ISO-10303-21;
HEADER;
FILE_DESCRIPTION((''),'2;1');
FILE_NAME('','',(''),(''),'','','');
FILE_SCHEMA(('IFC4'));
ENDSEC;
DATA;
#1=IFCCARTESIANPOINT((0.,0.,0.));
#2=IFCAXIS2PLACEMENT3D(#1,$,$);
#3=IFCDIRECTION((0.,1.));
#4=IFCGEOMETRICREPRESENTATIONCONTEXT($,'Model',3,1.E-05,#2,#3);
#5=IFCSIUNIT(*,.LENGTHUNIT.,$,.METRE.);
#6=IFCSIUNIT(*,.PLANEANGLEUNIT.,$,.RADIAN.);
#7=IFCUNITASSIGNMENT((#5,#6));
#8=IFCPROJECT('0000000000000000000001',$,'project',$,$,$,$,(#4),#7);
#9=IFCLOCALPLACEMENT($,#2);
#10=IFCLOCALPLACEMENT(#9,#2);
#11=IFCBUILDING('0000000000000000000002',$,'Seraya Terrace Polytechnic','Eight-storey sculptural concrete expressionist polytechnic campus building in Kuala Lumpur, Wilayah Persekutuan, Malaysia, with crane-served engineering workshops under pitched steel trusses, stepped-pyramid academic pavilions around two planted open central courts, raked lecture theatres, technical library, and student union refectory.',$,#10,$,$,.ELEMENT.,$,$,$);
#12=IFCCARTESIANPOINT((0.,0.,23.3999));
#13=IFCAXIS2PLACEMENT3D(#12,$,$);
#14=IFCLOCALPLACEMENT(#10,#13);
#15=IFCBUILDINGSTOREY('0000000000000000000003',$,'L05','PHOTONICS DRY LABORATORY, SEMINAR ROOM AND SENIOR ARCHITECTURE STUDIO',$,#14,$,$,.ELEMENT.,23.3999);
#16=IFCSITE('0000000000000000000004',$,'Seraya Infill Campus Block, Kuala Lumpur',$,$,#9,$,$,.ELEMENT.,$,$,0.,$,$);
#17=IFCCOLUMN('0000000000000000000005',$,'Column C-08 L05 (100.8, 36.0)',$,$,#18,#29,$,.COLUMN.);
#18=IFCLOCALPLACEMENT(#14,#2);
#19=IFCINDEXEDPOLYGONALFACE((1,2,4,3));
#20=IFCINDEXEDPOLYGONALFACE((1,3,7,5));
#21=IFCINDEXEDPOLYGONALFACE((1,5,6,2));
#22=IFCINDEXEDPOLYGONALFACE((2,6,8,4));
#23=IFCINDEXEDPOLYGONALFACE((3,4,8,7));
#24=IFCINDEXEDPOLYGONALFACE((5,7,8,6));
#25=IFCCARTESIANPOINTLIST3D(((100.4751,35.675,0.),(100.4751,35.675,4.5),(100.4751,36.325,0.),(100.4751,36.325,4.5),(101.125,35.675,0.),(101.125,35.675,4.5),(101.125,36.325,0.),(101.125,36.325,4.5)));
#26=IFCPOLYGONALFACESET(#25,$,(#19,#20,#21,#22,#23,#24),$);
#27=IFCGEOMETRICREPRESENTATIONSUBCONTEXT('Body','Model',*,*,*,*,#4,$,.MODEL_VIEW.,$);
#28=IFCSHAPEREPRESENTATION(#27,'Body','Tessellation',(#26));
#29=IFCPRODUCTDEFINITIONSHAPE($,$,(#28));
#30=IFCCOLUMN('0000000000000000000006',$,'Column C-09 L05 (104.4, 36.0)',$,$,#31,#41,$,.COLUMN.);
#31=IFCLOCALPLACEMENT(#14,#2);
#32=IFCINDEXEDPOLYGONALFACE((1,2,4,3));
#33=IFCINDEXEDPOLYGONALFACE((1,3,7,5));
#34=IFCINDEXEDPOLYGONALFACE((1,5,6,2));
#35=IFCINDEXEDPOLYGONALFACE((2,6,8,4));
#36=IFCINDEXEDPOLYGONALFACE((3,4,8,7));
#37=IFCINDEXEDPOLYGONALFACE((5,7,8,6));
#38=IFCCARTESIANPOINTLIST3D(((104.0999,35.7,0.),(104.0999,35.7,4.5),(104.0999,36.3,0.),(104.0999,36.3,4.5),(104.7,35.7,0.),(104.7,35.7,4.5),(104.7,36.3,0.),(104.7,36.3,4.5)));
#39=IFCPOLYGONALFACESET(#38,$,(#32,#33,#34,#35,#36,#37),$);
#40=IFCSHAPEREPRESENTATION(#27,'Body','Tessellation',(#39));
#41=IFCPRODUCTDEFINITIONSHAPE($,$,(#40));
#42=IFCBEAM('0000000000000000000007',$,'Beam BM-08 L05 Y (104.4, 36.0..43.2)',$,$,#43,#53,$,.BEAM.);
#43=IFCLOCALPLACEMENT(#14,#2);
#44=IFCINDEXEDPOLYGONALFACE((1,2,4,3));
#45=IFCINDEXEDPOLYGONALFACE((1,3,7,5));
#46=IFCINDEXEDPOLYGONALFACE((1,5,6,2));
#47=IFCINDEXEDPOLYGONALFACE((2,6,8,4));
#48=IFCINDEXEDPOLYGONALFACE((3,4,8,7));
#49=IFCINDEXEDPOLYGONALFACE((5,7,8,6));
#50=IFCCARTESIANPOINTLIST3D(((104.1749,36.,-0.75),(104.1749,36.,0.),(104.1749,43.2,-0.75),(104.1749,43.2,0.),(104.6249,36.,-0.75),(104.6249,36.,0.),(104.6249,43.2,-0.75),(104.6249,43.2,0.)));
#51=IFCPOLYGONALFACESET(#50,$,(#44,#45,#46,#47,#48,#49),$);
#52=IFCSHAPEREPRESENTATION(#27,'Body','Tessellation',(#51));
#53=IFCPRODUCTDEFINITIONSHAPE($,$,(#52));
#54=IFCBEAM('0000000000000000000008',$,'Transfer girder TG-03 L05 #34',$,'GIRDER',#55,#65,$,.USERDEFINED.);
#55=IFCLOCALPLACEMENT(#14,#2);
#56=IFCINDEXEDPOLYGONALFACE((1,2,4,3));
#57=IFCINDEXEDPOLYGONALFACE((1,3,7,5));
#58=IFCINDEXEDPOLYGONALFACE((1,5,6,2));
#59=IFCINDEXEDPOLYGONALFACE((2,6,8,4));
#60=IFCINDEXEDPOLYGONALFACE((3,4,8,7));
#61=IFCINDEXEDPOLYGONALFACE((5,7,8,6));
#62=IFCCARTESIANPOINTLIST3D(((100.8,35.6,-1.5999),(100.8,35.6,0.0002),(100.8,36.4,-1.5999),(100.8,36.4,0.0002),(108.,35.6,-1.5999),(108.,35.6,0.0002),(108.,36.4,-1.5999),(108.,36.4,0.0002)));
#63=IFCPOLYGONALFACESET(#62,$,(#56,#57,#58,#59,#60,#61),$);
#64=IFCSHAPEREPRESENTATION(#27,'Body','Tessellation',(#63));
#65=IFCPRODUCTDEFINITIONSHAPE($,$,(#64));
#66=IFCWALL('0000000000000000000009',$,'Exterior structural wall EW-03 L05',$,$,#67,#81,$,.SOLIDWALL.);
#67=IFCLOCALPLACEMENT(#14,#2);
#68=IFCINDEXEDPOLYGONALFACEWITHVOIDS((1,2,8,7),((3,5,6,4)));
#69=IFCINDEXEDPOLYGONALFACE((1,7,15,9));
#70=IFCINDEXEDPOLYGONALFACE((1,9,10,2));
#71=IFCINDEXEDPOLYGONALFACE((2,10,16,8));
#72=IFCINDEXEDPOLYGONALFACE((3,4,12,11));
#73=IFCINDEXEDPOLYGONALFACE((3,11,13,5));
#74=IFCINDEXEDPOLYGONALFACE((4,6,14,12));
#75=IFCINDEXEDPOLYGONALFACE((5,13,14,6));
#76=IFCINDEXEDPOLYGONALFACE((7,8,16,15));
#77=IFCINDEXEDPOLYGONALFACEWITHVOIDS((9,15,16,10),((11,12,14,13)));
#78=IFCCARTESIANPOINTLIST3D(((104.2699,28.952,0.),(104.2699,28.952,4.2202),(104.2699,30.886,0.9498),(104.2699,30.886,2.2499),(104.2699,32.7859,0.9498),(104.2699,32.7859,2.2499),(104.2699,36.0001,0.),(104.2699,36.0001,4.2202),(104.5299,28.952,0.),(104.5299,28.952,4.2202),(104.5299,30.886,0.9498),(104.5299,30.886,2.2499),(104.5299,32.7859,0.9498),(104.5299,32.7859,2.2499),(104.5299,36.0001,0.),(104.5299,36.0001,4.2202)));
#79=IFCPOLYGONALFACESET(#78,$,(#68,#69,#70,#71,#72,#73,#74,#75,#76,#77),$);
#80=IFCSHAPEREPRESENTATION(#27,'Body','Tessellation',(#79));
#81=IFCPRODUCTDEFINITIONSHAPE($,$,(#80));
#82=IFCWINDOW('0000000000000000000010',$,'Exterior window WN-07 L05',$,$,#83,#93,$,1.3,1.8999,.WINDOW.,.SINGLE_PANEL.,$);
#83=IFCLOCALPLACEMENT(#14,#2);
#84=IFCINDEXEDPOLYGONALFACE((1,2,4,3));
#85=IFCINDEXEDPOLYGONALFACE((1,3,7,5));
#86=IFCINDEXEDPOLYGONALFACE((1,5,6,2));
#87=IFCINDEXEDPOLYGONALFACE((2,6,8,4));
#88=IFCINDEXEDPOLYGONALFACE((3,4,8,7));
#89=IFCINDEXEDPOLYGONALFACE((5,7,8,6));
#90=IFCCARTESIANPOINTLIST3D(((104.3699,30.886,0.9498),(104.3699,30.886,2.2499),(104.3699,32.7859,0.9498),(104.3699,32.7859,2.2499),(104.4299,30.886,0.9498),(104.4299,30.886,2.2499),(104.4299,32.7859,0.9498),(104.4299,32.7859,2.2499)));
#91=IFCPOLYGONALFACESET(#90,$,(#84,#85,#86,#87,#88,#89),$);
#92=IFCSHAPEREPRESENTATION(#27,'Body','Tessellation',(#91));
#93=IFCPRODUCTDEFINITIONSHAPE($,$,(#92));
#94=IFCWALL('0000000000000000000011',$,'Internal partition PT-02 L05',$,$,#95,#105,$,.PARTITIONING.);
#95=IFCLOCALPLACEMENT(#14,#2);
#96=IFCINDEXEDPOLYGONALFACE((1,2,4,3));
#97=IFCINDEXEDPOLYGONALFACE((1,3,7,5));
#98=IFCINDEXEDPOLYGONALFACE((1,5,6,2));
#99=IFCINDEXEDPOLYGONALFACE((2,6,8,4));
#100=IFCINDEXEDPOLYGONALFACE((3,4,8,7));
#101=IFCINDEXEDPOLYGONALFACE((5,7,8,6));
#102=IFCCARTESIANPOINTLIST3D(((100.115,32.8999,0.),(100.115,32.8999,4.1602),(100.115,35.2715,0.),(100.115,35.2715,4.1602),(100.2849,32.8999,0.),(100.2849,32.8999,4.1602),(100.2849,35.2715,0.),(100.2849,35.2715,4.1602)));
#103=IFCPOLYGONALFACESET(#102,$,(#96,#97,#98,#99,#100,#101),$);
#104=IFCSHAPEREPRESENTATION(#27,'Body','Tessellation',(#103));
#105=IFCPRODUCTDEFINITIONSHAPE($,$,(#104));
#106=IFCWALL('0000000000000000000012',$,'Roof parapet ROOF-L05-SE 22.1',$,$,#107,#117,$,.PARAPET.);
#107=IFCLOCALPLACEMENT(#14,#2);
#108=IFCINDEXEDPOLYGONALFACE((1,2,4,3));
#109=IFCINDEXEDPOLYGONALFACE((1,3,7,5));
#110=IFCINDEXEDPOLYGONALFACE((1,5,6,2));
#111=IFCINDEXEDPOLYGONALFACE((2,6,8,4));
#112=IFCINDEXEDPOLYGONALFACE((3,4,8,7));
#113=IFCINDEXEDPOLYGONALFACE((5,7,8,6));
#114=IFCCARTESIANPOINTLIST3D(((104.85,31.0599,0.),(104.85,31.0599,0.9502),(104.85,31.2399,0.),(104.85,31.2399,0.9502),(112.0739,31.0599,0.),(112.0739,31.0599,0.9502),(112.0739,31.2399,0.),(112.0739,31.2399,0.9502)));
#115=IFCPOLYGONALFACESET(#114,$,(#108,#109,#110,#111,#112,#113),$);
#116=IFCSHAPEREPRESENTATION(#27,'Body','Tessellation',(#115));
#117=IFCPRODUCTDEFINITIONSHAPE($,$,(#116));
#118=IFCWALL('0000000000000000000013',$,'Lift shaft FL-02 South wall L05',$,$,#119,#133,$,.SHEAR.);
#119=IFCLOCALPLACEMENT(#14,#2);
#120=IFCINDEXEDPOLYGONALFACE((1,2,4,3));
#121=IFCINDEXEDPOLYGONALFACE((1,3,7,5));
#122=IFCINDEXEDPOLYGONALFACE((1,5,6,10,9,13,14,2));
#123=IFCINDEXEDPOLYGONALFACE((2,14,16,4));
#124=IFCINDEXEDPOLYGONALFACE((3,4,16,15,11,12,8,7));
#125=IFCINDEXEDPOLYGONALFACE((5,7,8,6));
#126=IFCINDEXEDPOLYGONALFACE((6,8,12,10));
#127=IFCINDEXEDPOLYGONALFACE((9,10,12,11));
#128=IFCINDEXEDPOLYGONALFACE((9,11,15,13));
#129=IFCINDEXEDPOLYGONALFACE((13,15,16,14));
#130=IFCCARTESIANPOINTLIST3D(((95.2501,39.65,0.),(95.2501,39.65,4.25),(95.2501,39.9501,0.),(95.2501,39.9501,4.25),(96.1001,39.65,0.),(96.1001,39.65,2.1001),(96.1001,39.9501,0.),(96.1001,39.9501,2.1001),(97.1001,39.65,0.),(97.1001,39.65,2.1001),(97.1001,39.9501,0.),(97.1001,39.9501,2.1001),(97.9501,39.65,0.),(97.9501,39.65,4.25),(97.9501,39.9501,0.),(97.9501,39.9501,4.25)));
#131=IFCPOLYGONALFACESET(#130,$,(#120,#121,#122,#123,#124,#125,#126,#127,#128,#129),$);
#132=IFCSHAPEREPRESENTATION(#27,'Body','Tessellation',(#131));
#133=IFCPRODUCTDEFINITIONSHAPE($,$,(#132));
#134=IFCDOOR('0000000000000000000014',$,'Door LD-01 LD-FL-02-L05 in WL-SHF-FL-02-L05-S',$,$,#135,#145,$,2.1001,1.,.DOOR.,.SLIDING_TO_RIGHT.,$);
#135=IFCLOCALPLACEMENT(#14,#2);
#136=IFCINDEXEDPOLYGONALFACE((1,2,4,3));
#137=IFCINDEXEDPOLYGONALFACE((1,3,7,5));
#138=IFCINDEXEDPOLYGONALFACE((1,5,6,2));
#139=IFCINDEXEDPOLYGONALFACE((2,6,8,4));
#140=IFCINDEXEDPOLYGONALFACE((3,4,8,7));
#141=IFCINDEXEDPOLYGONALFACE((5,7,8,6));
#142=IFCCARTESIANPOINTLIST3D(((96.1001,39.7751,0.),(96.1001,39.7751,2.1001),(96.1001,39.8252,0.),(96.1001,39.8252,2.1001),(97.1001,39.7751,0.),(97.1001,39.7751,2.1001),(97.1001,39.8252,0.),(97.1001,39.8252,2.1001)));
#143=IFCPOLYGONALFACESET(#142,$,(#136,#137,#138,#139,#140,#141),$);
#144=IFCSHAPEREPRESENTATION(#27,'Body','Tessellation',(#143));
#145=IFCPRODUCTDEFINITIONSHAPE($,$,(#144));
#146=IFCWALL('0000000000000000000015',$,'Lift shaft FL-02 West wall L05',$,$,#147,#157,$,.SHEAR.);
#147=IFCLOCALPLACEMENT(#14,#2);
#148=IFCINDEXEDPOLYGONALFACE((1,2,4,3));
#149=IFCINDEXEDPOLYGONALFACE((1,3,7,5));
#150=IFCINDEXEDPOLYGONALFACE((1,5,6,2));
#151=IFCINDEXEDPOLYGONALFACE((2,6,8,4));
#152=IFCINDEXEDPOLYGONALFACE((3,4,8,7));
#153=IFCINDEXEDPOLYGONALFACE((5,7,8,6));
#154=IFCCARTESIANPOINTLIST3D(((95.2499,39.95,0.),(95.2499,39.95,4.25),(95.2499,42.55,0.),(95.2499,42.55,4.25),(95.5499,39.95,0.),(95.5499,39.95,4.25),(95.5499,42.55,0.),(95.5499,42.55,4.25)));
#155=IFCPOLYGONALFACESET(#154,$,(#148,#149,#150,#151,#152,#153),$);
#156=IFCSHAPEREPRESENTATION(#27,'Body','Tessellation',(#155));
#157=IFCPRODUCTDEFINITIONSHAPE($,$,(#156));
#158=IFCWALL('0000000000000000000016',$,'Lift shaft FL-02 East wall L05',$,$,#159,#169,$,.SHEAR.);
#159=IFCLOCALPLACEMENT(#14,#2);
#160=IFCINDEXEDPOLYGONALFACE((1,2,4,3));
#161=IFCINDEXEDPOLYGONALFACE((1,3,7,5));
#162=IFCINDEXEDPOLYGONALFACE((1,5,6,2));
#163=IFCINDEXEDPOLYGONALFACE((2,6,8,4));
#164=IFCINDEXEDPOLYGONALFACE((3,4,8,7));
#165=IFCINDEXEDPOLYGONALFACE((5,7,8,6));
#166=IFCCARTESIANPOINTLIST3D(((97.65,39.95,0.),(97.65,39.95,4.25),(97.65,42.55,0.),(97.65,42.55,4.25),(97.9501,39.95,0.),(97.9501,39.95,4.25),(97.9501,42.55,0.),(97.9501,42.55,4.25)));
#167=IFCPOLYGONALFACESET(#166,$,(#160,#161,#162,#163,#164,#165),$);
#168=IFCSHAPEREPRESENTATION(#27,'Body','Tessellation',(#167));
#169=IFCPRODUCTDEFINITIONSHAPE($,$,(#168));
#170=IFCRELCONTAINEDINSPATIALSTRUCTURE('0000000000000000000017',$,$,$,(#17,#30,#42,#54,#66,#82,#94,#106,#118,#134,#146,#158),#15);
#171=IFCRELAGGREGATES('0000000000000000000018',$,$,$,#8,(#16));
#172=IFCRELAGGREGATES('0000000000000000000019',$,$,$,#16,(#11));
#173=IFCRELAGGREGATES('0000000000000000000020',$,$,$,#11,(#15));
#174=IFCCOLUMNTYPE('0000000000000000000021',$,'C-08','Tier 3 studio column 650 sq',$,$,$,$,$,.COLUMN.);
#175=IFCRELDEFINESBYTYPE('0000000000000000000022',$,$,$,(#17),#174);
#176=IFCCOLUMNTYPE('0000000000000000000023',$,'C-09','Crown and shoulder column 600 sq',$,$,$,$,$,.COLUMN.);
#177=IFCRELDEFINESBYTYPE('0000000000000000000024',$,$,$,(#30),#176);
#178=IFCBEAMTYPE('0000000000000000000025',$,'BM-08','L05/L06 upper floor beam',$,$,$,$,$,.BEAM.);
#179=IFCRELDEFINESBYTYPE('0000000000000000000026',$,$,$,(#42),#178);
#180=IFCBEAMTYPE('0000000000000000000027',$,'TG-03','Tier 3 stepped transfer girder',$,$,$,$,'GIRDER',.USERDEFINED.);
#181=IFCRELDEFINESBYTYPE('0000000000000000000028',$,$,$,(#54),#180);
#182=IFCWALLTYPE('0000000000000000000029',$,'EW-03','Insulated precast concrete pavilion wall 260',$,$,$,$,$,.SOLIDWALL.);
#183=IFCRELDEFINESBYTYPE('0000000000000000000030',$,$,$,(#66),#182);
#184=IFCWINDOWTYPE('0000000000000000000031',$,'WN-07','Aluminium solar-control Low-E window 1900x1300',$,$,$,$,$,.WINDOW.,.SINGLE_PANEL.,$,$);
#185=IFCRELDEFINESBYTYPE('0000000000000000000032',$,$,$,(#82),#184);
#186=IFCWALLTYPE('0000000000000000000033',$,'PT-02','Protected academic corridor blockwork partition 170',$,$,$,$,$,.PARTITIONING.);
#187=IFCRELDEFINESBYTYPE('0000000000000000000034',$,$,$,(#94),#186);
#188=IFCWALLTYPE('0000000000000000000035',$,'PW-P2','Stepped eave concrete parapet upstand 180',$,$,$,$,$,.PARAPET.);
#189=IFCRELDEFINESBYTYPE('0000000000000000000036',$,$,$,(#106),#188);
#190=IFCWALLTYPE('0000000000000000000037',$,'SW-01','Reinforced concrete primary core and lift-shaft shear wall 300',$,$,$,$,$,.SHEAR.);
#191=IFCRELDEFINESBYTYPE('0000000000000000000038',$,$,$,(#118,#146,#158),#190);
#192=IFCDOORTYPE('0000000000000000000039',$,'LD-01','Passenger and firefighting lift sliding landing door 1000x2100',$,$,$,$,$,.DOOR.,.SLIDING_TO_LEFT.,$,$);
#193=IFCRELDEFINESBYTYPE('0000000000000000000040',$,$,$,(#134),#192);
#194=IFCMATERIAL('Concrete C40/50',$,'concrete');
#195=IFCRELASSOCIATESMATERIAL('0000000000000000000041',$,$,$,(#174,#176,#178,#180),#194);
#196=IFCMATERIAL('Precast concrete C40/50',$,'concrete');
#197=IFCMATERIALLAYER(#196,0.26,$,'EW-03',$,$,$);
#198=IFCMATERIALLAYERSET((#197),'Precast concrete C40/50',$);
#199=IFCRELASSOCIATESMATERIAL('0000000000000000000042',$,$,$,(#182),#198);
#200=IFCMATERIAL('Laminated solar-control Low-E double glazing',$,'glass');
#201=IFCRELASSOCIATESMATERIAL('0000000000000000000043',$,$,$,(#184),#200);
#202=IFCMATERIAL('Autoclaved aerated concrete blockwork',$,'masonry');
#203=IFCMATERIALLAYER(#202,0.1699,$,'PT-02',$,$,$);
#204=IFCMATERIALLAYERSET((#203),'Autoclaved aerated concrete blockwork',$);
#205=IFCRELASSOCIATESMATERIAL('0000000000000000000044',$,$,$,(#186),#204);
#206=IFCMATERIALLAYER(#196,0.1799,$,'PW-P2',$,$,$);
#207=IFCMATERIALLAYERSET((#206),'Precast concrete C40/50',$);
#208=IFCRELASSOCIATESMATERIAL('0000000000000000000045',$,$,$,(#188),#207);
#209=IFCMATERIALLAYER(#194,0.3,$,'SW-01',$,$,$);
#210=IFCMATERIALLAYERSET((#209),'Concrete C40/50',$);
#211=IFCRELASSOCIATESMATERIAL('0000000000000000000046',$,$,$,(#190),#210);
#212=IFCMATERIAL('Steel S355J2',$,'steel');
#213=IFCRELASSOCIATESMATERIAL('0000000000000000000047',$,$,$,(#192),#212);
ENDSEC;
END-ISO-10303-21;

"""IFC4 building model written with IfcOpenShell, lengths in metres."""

from ifc_helpers import new_model, si_unit, direction, frame, frame_2d, origin, origin_2d, place, context, subcontext, project, spatial, rectangle, extrude, material, layer, layer_set, material_profile, profile_set, type_object, element, fill, save


model = new_model("IFC4")

# Units and contexts
model_context = context("Model", 3, precision=1e-05, world=origin(), true_north=direction((0.0, 1.0)))
body_context = subcontext(model_context, "Body", "Model", "MODEL_VIEW")
ifc_project = project(units=[si_unit("LENGTHUNIT", "METRE"), si_unit("PLANEANGLEUNIT", "RADIAN")], contexts=[model_context])

# Site, building, storey
site_placement = place(None, origin())
site = spatial("IfcSite", under=ifc_project, at=site_placement, Name="Seraya Infill Campus Block, Kuala Lumpur", CompositionType="ELEMENT", RefElevation=0.0)
building_placement = place(site_placement, origin())
building = spatial("IfcBuilding", under=site, at=building_placement, Name="Seraya Terrace Polytechnic", Description="Eight-storey sculptural concrete expressionist polytechnic campus building in Kuala Lumpur, Wilayah Persekutuan, Malaysia, with crane-served engineering workshops under pitched steel trusses, stepped-pyramid academic pavilions around two planted open central courts, raked lecture theatres, technical library, and student union refectory.", CompositionType="ELEMENT")
storey_placement = place(building_placement, frame((0.0, 0.0, 23.3999)))
storey = spatial("IfcBuildingStorey", under=building, at=storey_placement, Name="L05", Description="PHOTONICS DRY LABORATORY, SEMINAR ROOM AND SENIOR ARCHITECTURE STUDIO", CompositionType="ELEMENT", Elevation=23.3999)

# Columns
ifc_material_1 = material(Name="Concrete C40/50", Category="concrete")
ifc_material_profile_1 = material_profile(ifc_material_1, rectangle(XDim=0.6499, YDim=0.6499, at=origin_2d()), Name="RC 650x650")
ifc_profile_set_1 = profile_set([ifc_material_profile_1], Name="Concrete C40/50")
column_type_1 = type_object("IfcColumnType", Name="C-08", Description="Tier 3 studio column 650 sq", PredefinedType="COLUMN", material=ifc_profile_set_1)
column_1_placement = place(storey_placement, frame((100.8, 36.0, 0.0), z_axis=(0.0, 0.0, 1.0), x_axis=(1.0, 0.0, 0.0)))
element("IfcColumn", 1, at=column_1_placement, inside=storey, type_object=column_type_1, Name="Column C-08 L05 (100.8, 36.0)", PredefinedType="COLUMN", context=body_context, shape_type="SweptSolid", body=[
    extrude(rectangle(XDim=0.6499, YDim=0.6499, at=origin_2d()), origin(), (0.0, 0.0, 1.0), 4.5),
])
ifc_material_profile_2 = material_profile(ifc_material_1, rectangle(XDim=0.6001, YDim=0.6001, at=origin_2d()), Name="RC 600x600")
ifc_profile_set_2 = profile_set([ifc_material_profile_2], Name="Concrete C40/50")
column_type_2 = type_object("IfcColumnType", Name="C-09", Description="Crown and shoulder column 600 sq", PredefinedType="COLUMN", material=ifc_profile_set_2)
column_2_placement = place(storey_placement, frame((104.3999, 36.0, 0.0), z_axis=(0.0, 0.0, 1.0), x_axis=(1.0, 0.0, 0.0)))
element("IfcColumn", 2, at=column_2_placement, inside=storey, type_object=column_type_2, Name="Column C-09 L05 (104.4, 36.0)", PredefinedType="COLUMN", context=body_context, shape_type="SweptSolid", body=[
    extrude(rectangle(XDim=0.6001, YDim=0.6001, at=origin_2d()), origin(), (0.0, 0.0, 1.0), 4.5),
])

# Beams
ifc_material_profile_3 = material_profile(ifc_material_1, rectangle(XDim=0.45, YDim=0.75, at=origin_2d()), Name="RC 450x750")
ifc_profile_set_3 = profile_set([ifc_material_profile_3], Name="Concrete C40/50")
beam_type_1 = type_object("IfcBeamType", Name="BM-08", Description="L05/L06 upper floor beam", PredefinedType="BEAM", material=ifc_profile_set_3)
beam_1_placement = place(storey_placement, frame((104.3999, 36.0, -0.375), z_axis=(0.0, 1.0, 0.0), x_axis=(-1.0, 0.0, 0.0)))
element("IfcBeam", 3, at=beam_1_placement, inside=storey, type_object=beam_type_1, Name="Beam BM-08 L05 Y (104.4, 36.0..43.2)", PredefinedType="BEAM", context=body_context, shape_type="SweptSolid", body=[
    extrude(rectangle(XDim=0.45, YDim=0.75, at=origin_2d()), origin(), (0.0, 0.0, 1.0), 7.2),
])
ifc_material_profile_4 = material_profile(ifc_material_1, rectangle(XDim=0.8, YDim=1.6001, at=origin_2d()), Name="RC 800x1600")
ifc_profile_set_4 = profile_set([ifc_material_profile_4], Name="Concrete C40/50")
beam_type_2 = type_object("IfcBeamType", Name="TG-03", Description="Tier 3 stepped transfer girder", ElementType="GIRDER", PredefinedType="USERDEFINED", material=ifc_profile_set_4)
beam_2_placement = place(storey_placement, frame((100.8, 36.0, -0.7998), z_axis=(1.0, 0.0, 0.0), x_axis=(0.0, 1.0, 0.0)))
element("IfcBeam", 4, at=beam_2_placement, inside=storey, type_object=beam_type_2, Name="Transfer girder TG-03 L05 #34", ObjectType="GIRDER", PredefinedType="USERDEFINED", context=body_context, shape_type="SweptSolid", body=[
    extrude(rectangle(XDim=0.8, YDim=1.6001, at=origin_2d()), origin(), (0.0, 0.0, 1.0), 7.2),
])

# Wall, opening, window
ifc_material_2 = material(Name="Precast concrete C40/50", Category="concrete")
ifc_layer_1 = layer(ifc_material_2, 0.26, Name="EW-03")
ifc_layer_set_1 = layer_set([ifc_layer_1], Name="Precast concrete C40/50")
wall_type_1 = type_object("IfcWallType", Name="EW-03", Description="Insulated precast concrete pavilion wall 260", PredefinedType="SOLIDWALL", material=ifc_layer_set_1)
wall_1_placement = place(storey_placement, frame((104.3999, 36.0, 0.0), z_axis=(0.0, 0.0, 1.0), x_axis=(0.0, -1.0, 0.0)))
wall_1 = element("IfcWall", 5, at=wall_1_placement, inside=storey, type_object=wall_type_1, Name="Exterior structural wall EW-03 L05", PredefinedType="SOLIDWALL", context=body_context, shape_type="SweptSolid", body=[
    extrude(rectangle(XDim=7.0481, YDim=0.26, at=frame_2d((3.5239, 0.0))), origin(), (0.0, 0.0, 1.0), 4.2202),
])
opening_1_placement = place(wall_1_placement, frame((3.2141, 0.0, 0.95)))
opening_1 = element("IfcOpeningElement", 6, at=opening_1_placement, cuts=wall_1, PredefinedType="OPENING", context=body_context, shape_type="SweptSolid", body=[
    extrude(rectangle(XDim=1.8999, YDim=1.3, at=frame_2d((0.95, 0.6499))), frame((0.0, 0.1421, 0.0), z_axis=(0.0, -1.0, 0.0), x_axis=(1.0, 0.0, 0.0)), (0.0, 0.0, 1.0), 0.2839),
])
ifc_material_3 = material(Name="Laminated solar-control Low-E double glazing", Category="glass")
window_type = type_object("IfcWindowType", Name="WN-07", Description="Aluminium solar-control Low-E window 1900x1300", PartitioningType="SINGLE_PANEL", PredefinedType="WINDOW", material=ifc_material_3)
window_placement = place(opening_1_placement, origin())
window = element("IfcWindow", 7, at=window_placement, inside=storey, type_object=window_type, Name="Exterior window WN-07 L05", OverallHeight=1.3, OverallWidth=1.8999, PartitioningType="SINGLE_PANEL", PredefinedType="WINDOW", context=body_context, shape_type="SweptSolid", body=[
    extrude(rectangle(XDim=1.8999, YDim=1.3, at=frame_2d((0.95, 0.6499))), frame((0.0, 0.03, 0.0), z_axis=(0.0, -1.0, 0.0), x_axis=(1.0, 0.0, 0.0)), (0.0, 0.0, 1.0), 0.0601),
])
fill(opening_1, window)

# Walls
ifc_material_4 = material(Name="Autoclaved aerated concrete blockwork", Category="masonry")
ifc_layer_2 = layer(ifc_material_4, 0.1699, Name="PT-02")
ifc_layer_set_2 = layer_set([ifc_layer_2], Name="Autoclaved aerated concrete blockwork")
wall_type_2 = type_object("IfcWallType", Name="PT-02", Description="Protected academic corridor blockwork partition 170", PredefinedType="PARTITIONING", material=ifc_layer_set_2)
wall_2_placement = place(storey_placement, frame((100.2, 32.8999, 0.0), z_axis=(0.0, 0.0, 1.0), x_axis=(0.0, 1.0, 0.0)))
element("IfcWall", 8, at=wall_2_placement, inside=storey, type_object=wall_type_2, Name="Internal partition PT-02 L05", PredefinedType="PARTITIONING", context=body_context, shape_type="SweptSolid", body=[
    extrude(rectangle(XDim=2.3716, YDim=0.1699, at=frame_2d((1.1858, 0.0))), origin(), (0.0, 0.0, 1.0), 4.1602),
])
ifc_layer_3 = layer(ifc_material_2, 0.1799, Name="PW-P2")
ifc_layer_set_3 = layer_set([ifc_layer_3], Name="Precast concrete C40/50")
wall_type_3 = type_object("IfcWallType", Name="PW-P2", Description="Stepped eave concrete parapet upstand 180", PredefinedType="PARAPET", material=ifc_layer_set_3)
wall_3_placement = place(storey_placement, frame((104.8501, 31.1499, 0.0), z_axis=(0.0, 0.0, 1.0), x_axis=(1.0, 0.0, 0.0)))
element("IfcWall", 9, at=wall_3_placement, inside=storey, type_object=wall_type_3, Name="Roof parapet ROOF-L05-SE 22.1", PredefinedType="PARAPET", context=body_context, shape_type="SweptSolid", body=[
    extrude(rectangle(XDim=7.2239, YDim=0.1799, at=frame_2d((3.6118, 0.0))), origin(), (0.0, 0.0, 1.0), 0.9502),
])

# Wall, opening, door
ifc_layer_4 = layer(ifc_material_1, 0.3, Name="SW-01")
ifc_layer_set_4 = layer_set([ifc_layer_4], Name="Concrete C40/50")
wall_type_4 = type_object("IfcWallType", Name="SW-01", Description="Reinforced concrete primary core and lift-shaft shear wall 300", PredefinedType="SHEAR", material=ifc_layer_set_4)
wall_4_placement = place(storey_placement, frame((95.25, 39.8, 0.0), z_axis=(0.0, 0.0, 1.0), x_axis=(1.0, 0.0, 0.0)))
wall_4 = element("IfcWall", 10, at=wall_4_placement, inside=storey, type_object=wall_type_4, Name="Lift shaft FL-02 South wall L05", PredefinedType="SHEAR", context=body_context, shape_type="SweptSolid", body=[
    extrude(rectangle(XDim=2.7, YDim=0.3, at=frame_2d((1.3501, 0.0))), origin(), (0.0, 0.0, 1.0), 4.25),
])
opening_2_placement = place(wall_4_placement, frame((0.8501, 0.0, 0.0)))
opening_2 = element("IfcOpeningElement", 11, at=opening_2_placement, cuts=wall_4, PredefinedType="OPENING", context=body_context, shape_type="SweptSolid", body=[
    extrude(rectangle(XDim=1.0, YDim=2.1001, at=frame_2d((0.5, 1.05))), frame((0.0, 0.1621, 0.0), z_axis=(0.0, -1.0, 0.0), x_axis=(1.0, 0.0, 0.0)), (0.0, 0.0, 1.0), 0.324),
])
ifc_material_5 = material(Name="Steel S355J2", Category="steel")
door_type_1 = type_object("IfcDoorType", Name="LD-01", Description="Passenger and firefighting lift sliding landing door 1000x2100", OperationType="SLIDING_TO_LEFT", PredefinedType="DOOR", material=ifc_material_5)
door_1_placement = place(opening_2_placement, frame((1.0, 0.0, 0.0), z_axis=(0.0, 0.0, 1.0), x_axis=(-1.0, 0.0, 0.0)))
door_1 = element("IfcDoor", 12, at=door_1_placement, inside=storey, type_object=door_type_1, Name="Door LD-01 LD-FL-02-L05 in WL-SHF-FL-02-L05-S", OperationType="SLIDING_TO_RIGHT", OverallHeight=2.1001, OverallWidth=1.0, PredefinedType="DOOR", context=body_context, shape_type="SweptSolid", body=[
    extrude(rectangle(XDim=1.0, YDim=2.1001, at=frame_2d((0.5, 1.05))), frame((0.0, 0.0249, 0.0), z_axis=(0.0, -1.0, 0.0), x_axis=(1.0, 0.0, 0.0)), (0.0, 0.0, 1.0), 0.05),
])
fill(opening_2, door_1)

# Walls
for number, where, z_axis, x_axis, name in (
    (13, (95.3999, 39.95, 0.0), (0.0, 0.0, 1.0), (0.0, 1.0, 0.0), "Lift shaft FL-02 West wall L05"),
    (14, (97.8, 39.95, 0.0), (0.0, 0.0, 1.0), (0.0, 1.0, 0.0), "Lift shaft FL-02 East wall L05"),
):
    element("IfcWall", number, at=place(storey_placement, frame(where, z_axis=z_axis, x_axis=x_axis)), inside=storey, type_object=wall_type_4, Name=name, PredefinedType="SHEAR", context=body_context, shape_type="SweptSolid", body=[
        extrude(rectangle(XDim=2.6001, YDim=0.3, at=frame_2d((1.3, 0.0))), origin(), (0.0, 0.0, 1.0), 4.25),
    ])

save(model, "model.ifc")
